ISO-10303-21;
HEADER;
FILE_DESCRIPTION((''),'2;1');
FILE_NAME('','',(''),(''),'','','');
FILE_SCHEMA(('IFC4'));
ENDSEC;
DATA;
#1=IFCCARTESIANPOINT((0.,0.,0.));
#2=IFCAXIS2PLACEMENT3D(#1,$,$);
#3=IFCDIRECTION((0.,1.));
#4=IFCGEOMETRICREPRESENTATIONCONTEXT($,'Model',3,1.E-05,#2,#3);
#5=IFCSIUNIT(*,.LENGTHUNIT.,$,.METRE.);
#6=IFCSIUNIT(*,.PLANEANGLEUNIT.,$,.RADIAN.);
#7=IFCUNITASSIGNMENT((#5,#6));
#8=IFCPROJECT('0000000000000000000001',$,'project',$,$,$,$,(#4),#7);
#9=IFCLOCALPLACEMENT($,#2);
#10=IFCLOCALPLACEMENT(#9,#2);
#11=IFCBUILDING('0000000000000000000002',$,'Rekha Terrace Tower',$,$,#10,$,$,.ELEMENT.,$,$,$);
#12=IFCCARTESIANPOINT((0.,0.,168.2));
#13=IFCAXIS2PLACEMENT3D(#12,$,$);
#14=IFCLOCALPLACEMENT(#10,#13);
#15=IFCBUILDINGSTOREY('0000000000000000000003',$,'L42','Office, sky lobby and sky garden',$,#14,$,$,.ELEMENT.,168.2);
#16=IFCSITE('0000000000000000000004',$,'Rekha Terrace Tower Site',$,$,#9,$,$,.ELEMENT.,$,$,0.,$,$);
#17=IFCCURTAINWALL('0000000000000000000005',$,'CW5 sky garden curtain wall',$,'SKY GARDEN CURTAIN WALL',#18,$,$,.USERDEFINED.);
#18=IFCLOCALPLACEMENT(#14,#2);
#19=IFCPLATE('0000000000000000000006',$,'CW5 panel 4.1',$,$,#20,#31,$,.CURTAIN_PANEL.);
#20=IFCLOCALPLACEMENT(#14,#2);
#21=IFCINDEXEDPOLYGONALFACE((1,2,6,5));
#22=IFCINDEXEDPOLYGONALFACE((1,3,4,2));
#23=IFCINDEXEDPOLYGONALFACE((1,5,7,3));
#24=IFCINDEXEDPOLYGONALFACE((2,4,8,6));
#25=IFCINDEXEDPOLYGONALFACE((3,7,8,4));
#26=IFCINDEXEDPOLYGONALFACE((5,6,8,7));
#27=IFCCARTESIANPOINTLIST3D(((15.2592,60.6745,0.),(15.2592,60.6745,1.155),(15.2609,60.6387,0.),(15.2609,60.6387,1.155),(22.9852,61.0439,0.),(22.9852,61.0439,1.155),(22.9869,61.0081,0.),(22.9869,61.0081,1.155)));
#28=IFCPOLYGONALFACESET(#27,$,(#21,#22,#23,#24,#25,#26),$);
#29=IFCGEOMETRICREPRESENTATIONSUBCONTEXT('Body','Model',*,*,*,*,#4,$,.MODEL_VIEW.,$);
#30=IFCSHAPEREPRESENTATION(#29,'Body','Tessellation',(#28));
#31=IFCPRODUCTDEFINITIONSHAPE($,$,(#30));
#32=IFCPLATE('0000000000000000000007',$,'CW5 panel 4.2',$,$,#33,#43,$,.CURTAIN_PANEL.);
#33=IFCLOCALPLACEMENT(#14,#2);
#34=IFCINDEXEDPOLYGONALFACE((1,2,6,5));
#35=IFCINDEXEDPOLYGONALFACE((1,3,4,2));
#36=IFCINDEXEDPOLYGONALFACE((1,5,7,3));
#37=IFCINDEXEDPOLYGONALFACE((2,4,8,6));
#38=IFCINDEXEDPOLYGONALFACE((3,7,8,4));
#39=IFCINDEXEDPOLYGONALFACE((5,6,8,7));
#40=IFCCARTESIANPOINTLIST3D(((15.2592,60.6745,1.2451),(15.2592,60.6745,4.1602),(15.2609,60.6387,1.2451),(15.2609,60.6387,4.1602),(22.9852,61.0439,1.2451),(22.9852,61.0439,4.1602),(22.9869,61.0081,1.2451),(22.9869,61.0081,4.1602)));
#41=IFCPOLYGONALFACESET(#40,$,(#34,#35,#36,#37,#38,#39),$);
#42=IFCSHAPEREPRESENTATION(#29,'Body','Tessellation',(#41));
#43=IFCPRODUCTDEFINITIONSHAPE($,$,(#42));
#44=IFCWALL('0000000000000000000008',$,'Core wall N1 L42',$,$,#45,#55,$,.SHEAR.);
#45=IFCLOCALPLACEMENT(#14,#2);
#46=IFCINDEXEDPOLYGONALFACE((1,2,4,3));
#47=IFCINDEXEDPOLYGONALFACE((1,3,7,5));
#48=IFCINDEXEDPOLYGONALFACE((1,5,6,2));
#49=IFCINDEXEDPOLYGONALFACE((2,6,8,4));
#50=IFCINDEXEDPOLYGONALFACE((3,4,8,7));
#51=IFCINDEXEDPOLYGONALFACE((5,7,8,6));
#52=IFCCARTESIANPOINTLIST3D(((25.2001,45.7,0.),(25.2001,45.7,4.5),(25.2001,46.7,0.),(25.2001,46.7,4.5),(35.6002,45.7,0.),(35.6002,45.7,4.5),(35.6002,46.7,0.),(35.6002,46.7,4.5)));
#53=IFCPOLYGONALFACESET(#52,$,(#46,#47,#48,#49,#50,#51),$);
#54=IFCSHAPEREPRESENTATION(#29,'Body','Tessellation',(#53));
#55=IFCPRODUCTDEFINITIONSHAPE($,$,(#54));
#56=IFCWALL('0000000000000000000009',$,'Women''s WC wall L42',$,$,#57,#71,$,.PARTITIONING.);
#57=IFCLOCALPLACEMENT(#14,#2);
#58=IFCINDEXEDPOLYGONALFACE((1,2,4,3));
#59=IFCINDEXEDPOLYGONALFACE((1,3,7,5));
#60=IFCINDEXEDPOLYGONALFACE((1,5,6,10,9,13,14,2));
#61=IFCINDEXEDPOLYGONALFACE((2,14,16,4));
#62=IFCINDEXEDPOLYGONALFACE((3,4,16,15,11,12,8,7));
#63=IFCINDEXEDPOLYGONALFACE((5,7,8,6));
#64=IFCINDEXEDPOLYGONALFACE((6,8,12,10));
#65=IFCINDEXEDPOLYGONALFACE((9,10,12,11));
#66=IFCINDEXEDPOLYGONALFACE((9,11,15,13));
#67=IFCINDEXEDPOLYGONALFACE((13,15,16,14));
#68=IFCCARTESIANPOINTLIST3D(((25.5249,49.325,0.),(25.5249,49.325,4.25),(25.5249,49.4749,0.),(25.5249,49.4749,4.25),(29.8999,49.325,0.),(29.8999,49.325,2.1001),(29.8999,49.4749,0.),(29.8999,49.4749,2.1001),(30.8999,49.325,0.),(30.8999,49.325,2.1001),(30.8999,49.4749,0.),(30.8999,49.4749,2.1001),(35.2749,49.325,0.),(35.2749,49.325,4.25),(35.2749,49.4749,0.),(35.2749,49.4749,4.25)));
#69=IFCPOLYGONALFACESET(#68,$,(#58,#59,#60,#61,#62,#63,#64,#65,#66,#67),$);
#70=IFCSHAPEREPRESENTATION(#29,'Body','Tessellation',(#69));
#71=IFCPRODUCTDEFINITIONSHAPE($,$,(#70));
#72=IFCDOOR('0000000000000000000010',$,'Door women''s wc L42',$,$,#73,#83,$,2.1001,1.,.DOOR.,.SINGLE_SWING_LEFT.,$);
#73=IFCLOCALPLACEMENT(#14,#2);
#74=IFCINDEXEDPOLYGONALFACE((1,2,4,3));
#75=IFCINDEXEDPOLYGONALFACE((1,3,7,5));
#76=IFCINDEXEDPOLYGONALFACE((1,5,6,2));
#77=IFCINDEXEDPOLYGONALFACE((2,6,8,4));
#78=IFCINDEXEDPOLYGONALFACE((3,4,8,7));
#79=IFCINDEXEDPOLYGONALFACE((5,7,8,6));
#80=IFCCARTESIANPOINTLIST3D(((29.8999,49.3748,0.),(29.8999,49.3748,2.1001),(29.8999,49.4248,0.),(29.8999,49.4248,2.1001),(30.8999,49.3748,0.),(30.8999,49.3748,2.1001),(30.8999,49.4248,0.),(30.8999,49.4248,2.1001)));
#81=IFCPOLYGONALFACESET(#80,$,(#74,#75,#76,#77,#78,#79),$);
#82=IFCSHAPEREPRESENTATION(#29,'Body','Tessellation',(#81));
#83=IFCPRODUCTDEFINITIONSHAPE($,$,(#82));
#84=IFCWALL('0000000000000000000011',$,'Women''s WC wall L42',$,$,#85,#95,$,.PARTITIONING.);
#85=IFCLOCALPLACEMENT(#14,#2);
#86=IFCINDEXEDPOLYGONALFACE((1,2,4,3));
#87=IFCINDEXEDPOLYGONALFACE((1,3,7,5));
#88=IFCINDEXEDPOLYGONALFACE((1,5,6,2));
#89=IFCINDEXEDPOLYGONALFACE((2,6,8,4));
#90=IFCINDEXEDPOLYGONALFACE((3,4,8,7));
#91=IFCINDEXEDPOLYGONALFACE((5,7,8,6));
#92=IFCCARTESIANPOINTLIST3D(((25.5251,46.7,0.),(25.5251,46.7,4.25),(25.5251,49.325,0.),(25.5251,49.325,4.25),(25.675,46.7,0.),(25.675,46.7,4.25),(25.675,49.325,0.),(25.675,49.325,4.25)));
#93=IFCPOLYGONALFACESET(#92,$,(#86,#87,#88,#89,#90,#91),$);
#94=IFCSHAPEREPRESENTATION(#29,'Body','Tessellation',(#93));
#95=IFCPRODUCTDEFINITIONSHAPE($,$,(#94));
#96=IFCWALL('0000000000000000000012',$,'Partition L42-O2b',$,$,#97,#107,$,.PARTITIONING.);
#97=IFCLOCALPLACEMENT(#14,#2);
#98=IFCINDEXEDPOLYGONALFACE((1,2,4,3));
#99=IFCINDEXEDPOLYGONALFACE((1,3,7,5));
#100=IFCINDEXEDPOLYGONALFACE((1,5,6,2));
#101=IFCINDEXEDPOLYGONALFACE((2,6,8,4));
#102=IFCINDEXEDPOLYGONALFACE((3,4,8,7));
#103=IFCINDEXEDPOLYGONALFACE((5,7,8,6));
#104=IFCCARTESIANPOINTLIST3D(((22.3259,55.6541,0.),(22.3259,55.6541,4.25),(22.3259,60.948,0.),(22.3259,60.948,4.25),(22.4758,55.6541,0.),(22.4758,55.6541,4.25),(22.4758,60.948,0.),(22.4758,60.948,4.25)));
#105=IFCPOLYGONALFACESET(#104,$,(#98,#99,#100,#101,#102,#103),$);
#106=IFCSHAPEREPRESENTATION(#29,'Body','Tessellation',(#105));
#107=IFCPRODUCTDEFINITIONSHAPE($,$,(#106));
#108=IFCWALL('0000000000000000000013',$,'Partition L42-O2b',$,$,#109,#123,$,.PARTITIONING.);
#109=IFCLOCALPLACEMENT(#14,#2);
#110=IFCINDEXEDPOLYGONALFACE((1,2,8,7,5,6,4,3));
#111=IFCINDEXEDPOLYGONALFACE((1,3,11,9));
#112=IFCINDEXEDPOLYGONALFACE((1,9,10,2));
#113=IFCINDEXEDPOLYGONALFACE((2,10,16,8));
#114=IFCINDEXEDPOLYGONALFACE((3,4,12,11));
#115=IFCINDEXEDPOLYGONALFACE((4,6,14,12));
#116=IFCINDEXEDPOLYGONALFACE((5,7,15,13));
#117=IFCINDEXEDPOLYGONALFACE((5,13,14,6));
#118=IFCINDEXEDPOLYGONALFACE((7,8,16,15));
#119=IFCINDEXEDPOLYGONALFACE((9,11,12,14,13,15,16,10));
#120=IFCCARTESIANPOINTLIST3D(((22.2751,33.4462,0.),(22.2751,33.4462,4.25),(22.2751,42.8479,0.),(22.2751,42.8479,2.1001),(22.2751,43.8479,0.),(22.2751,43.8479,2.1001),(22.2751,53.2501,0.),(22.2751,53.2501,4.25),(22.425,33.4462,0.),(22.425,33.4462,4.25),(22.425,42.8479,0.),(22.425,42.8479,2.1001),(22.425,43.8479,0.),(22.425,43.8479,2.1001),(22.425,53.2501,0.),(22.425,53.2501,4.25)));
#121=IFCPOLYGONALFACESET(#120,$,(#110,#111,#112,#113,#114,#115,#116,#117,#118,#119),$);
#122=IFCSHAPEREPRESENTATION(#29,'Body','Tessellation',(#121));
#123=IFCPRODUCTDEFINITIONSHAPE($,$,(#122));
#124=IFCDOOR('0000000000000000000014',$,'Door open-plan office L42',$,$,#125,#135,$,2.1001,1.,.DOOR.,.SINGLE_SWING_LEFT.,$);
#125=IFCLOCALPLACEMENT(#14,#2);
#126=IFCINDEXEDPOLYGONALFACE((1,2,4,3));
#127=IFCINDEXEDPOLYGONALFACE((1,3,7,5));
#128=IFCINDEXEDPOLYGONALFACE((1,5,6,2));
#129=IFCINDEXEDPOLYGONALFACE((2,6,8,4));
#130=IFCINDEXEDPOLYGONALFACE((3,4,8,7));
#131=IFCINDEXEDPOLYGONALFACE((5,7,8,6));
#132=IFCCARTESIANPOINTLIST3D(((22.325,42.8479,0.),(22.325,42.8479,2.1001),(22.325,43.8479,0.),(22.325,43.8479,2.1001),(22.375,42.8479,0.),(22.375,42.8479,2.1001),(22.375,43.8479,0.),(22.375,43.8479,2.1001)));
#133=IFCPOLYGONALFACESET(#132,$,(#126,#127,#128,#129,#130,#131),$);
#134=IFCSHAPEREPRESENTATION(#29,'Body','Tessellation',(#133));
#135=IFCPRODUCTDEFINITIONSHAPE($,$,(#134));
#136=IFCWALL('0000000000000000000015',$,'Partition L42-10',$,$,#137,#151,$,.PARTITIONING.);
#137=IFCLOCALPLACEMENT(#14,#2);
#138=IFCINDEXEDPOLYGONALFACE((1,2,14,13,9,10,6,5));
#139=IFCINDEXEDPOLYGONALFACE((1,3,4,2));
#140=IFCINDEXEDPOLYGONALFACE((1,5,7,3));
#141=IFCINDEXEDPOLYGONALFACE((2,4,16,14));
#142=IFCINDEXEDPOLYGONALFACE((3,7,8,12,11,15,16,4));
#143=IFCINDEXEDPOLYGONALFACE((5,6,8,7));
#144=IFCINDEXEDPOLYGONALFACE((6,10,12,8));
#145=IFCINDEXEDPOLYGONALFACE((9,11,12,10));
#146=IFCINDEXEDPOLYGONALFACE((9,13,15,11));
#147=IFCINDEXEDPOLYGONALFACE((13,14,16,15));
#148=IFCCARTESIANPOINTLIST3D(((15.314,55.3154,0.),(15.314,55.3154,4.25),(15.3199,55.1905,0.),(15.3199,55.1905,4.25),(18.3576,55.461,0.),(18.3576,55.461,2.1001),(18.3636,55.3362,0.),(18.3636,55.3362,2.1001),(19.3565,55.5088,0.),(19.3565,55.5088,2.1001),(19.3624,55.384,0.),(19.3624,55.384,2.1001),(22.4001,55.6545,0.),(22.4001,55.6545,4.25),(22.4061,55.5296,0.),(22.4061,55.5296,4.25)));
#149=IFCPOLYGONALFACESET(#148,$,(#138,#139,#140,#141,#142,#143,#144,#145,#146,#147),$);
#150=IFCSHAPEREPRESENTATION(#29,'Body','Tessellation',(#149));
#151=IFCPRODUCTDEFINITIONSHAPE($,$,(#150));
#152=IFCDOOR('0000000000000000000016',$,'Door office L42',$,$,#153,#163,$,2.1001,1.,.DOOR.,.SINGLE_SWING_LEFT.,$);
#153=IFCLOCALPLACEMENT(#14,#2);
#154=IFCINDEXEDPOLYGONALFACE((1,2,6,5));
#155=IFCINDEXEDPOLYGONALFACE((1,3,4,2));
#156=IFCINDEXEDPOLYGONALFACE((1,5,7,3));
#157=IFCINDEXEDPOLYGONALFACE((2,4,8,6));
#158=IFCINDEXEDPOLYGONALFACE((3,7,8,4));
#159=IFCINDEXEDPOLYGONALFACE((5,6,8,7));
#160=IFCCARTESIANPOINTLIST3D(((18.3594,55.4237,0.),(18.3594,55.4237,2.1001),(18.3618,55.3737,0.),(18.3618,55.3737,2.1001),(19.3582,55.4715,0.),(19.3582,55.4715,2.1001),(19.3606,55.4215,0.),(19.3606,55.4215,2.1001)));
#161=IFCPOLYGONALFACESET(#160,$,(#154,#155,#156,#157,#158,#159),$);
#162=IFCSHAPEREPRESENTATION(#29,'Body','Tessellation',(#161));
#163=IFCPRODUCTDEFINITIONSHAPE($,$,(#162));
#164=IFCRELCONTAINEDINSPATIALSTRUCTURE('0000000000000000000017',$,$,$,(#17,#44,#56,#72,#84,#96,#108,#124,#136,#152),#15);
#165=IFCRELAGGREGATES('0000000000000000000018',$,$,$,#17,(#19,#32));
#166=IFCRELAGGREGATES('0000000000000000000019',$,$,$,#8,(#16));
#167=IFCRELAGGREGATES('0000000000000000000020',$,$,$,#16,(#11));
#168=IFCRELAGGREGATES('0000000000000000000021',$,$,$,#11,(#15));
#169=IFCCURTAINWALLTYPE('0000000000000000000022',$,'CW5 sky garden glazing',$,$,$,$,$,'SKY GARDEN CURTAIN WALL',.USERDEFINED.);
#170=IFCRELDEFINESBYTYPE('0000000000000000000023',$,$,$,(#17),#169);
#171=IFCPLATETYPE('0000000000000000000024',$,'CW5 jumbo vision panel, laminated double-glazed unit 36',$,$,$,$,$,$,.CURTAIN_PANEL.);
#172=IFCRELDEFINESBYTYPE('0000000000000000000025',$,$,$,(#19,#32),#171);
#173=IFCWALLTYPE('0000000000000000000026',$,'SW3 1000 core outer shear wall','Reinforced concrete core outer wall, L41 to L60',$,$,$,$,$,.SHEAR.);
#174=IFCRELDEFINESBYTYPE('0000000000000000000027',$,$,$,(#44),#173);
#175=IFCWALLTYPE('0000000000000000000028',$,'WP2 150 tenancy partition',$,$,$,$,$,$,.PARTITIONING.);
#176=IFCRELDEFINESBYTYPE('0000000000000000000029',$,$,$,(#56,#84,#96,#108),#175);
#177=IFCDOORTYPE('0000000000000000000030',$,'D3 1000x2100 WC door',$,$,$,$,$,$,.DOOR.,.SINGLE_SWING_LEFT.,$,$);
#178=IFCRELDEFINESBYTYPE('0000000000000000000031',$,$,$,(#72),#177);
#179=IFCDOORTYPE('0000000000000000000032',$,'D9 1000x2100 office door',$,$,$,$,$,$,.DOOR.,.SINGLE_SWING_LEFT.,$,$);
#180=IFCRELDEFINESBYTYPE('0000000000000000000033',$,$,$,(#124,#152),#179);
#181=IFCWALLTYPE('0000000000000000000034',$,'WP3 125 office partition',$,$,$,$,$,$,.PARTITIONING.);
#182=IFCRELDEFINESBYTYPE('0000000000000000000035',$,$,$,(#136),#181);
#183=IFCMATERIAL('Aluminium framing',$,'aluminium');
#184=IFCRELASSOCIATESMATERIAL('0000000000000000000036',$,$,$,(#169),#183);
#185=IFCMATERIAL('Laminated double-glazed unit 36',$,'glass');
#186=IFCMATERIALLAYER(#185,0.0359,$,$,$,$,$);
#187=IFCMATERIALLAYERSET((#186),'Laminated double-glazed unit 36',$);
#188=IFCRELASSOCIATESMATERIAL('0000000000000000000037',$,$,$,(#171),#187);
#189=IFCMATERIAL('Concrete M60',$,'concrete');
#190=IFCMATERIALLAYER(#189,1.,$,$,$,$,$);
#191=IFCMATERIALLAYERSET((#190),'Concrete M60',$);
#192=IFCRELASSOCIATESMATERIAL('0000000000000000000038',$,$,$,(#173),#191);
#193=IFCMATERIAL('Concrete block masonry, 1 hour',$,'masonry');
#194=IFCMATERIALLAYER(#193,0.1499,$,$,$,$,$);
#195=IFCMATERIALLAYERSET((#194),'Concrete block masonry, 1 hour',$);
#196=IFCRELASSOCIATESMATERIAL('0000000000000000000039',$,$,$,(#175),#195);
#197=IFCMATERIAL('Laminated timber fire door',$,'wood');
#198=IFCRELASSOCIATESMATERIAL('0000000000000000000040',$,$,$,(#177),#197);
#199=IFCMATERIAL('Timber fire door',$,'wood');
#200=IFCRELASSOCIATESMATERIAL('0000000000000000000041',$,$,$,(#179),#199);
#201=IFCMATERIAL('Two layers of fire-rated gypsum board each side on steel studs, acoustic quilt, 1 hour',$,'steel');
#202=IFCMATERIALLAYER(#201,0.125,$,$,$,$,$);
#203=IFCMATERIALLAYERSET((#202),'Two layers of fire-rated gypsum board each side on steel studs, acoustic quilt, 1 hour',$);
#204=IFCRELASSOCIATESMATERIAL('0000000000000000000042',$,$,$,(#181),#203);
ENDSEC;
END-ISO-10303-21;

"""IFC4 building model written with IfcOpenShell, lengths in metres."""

from ifc_helpers import new_model, si_unit, direction, frame, frame_2d, origin, origin_2d, place, context, subcontext, project, spatial, rectangle, extrude, material, layer, layer_set, type_object, element, fill, aggregate, save


model = new_model("IFC4")

# Units and contexts
model_context = context("Model", 3, precision=1e-05, world=origin(), true_north=direction((0.0, 1.0)))
body_context = subcontext(model_context, "Body", "Model", "MODEL_VIEW")
ifc_project = project(units=[si_unit("LENGTHUNIT", "METRE"), si_unit("PLANEANGLEUNIT", "RADIAN")], contexts=[model_context])

# Site, building, storey
site_placement = place(None, origin())
site = spatial("IfcSite", under=ifc_project, at=site_placement, Name="Rekha Terrace Tower Site", CompositionType="ELEMENT", RefElevation=0.0)
building_placement = place(site_placement, origin())
building = spatial("IfcBuilding", under=site, at=building_placement, Name="Rekha Terrace Tower", CompositionType="ELEMENT")
storey_placement = place(building_placement, frame((0.0, 0.0, 168.2)))
storey = spatial("IfcBuildingStorey", under=building, at=storey_placement, Name="L42", Description="Office, sky lobby and sky garden", CompositionType="ELEMENT", Elevation=168.2)

# Shared definitions
ifc_material_1 = material(Name="Concrete M60", Category="concrete")

# Curtain wall, plates
ifc_material_2 = material(Name="Aluminium framing", Category="aluminium")
curtain_wall_type = type_object("IfcCurtainWallType", Name="CW5 sky garden glazing", ElementType="SKY GARDEN CURTAIN WALL", PredefinedType="USERDEFINED", material=ifc_material_2)
curtain_wall_placement = place(storey_placement, origin())
curtain_wall = element("IfcCurtainWall", 1, at=curtain_wall_placement, inside=storey, type_object=curtain_wall_type, Name="CW5 sky garden curtain wall", ObjectType="SKY GARDEN CURTAIN WALL", PredefinedType="USERDEFINED")
ifc_material_3 = material(Name="Laminated double-glazed unit 36", Category="glass")
ifc_layer_1 = layer(ifc_material_3, 0.0359)
ifc_layer_set_1 = layer_set([ifc_layer_1], Name="Laminated double-glazed unit 36")
plate_type = type_object("IfcPlateType", Name="CW5 jumbo vision panel, laminated double-glazed unit 36", PredefinedType="CURTAIN_PANEL", material=ifc_layer_set_1)
plate_1_placement = place(storey_placement, frame((19.123, 60.8413, 0.0), z_axis=(0.0, 0.0, 1.0), x_axis=(-0.998859, -0.047759, 0.0)))
plate_1 = element("IfcPlate", 2, at=plate_1_placement, type_object=plate_type, Name="CW5 panel 4.1", PredefinedType="CURTAIN_PANEL", context=body_context, shape_type="SweptSolid", body=[
    extrude(rectangle(XDim=7.7349, YDim=0.0359, at=origin_2d()), origin(), (0.0, 0.0, 1.0), 1.155),
])
plate_2_placement = place(storey_placement, frame((19.123, 60.8413, 1.2451), z_axis=(0.0, 0.0, 1.0), x_axis=(-0.998859, -0.047759, 0.0)))
plate_2 = element("IfcPlate", 3, at=plate_2_placement, type_object=plate_type, Name="CW5 panel 4.2", PredefinedType="CURTAIN_PANEL", context=body_context, shape_type="SweptSolid", body=[
    extrude(rectangle(XDim=7.7349, YDim=0.0359, at=origin_2d()), origin(), (0.0, 0.0, 1.0), 2.915),
])
aggregate(curtain_wall, [plate_1, plate_2])

# Wall
ifc_layer_2 = layer(ifc_material_1, 1.0)
ifc_layer_set_2 = layer_set([ifc_layer_2], Name="Concrete M60")
wall_type_1 = type_object("IfcWallType", Name="SW3 1000 core outer shear wall", Description="Reinforced concrete core outer wall, L41 to L60", PredefinedType="SHEAR", material=ifc_layer_set_2)
wall_1_placement = place(storey_placement, frame((25.2, 46.2, 0.0), z_axis=(0.0, 0.0, 1.0), x_axis=(1.0, 0.0, 0.0)))
element("IfcWall", 4, at=wall_1_placement, inside=storey, type_object=wall_type_1, Name="Core wall N1 L42", PredefinedType="SHEAR", context=body_context, shape_type="SweptSolid", body=[
    extrude(rectangle(XDim=10.4001, YDim=1.0, at=frame_2d((5.2002, 0.0))), origin(), (0.0, 0.0, 1.0), 4.5),
])

# Wall, opening, door
ifc_material_4 = material(Name="Concrete block masonry, 1 hour", Category="masonry")
ifc_layer_3 = layer(ifc_material_4, 0.1499)
ifc_layer_set_3 = layer_set([ifc_layer_3], Name="Concrete block masonry, 1 hour")
wall_type_2 = type_object("IfcWallType", Name="WP2 150 tenancy partition", PredefinedType="PARTITIONING", material=ifc_layer_set_3)
wall_2_placement = place(storey_placement, frame((25.5249, 49.3999, 0.0), z_axis=(0.0, 0.0, 1.0), x_axis=(1.0, 0.0, 0.0)))
wall_2 = element("IfcWall", 5, at=wall_2_placement, inside=storey, type_object=wall_type_2, Name="Women's WC wall L42", PredefinedType="PARTITIONING", context=body_context, shape_type="SweptSolid", body=[
    extrude(rectangle(XDim=9.75, YDim=0.1499, at=frame_2d((4.875, 0.0))), origin(), (0.0, 0.0, 1.0), 4.25),
])
opening_1_placement = place(wall_2_placement, frame((4.375, 0.0, 0.0)))
opening_1 = element("IfcOpeningElement", 6, at=opening_1_placement, cuts=wall_2, PredefinedType="OPENING", context=body_context, shape_type="SweptSolid", body=[
    extrude(rectangle(XDim=1.0, YDim=2.1001, at=frame_2d((0.5, 1.05))), frame((0.0, 0.085, 0.0), z_axis=(0.0, -1.0, 0.0), x_axis=(1.0, 0.0, 0.0)), (0.0, 0.0, 1.0), 0.1699),
])
ifc_material_5 = material(Name="Laminated timber fire door", Category="wood")
door_type_1 = type_object("IfcDoorType", Name="D3 1000x2100 WC door", OperationType="SINGLE_SWING_LEFT", PredefinedType="DOOR", material=ifc_material_5)
door_1_placement = place(opening_1_placement, origin())
door_1 = element("IfcDoor", 7, at=door_1_placement, inside=storey, type_object=door_type_1, Name="Door women's wc L42", OperationType="SINGLE_SWING_LEFT", OverallHeight=2.1001, OverallWidth=1.0, PredefinedType="DOOR", context=body_context, shape_type="SweptSolid", body=[
    extrude(rectangle(XDim=1.0, YDim=2.1001, at=frame_2d((0.5, 1.05))), frame((0.0, 0.0249, 0.0), z_axis=(0.0, -1.0, 0.0), x_axis=(1.0, 0.0, 0.0)), (0.0, 0.0, 1.0), 0.05),
])
fill(opening_1, door_1)

# Walls
wall_3_placement = place(storey_placement, frame((25.6001, 46.7, 0.0), z_axis=(0.0, 0.0, 1.0), x_axis=(0.0, 1.0, 0.0)))
element("IfcWall", 8, at=wall_3_placement, inside=storey, type_object=wall_type_2, Name="Women's WC wall L42", PredefinedType="PARTITIONING", context=body_context, shape_type="SweptSolid", body=[
    extrude(rectangle(XDim=2.625, YDim=0.1499, at=frame_2d((1.3125, 0.0))), origin(), (0.0, 0.0, 1.0), 4.25),
])
wall_4_placement = place(storey_placement, frame((22.4009, 55.6541, 0.0), z_axis=(0.0, 0.0, 1.0), x_axis=(0.0, 1.0, 0.0)))
element("IfcWall", 9, at=wall_4_placement, inside=storey, type_object=wall_type_2, Name="Partition L42-O2b", PredefinedType="PARTITIONING", context=body_context, shape_type="SweptSolid", body=[
    extrude(rectangle(XDim=5.2939, YDim=0.1499, at=frame_2d((2.647, 0.0))), origin(), (0.0, 0.0, 1.0), 4.25),
])

# Walls, openings, doors
wall_5_placement = place(storey_placement, frame((22.3501, 53.25, 0.0), z_axis=(0.0, 0.0, 1.0), x_axis=(0.0, -1.0, 0.0)))
wall_5 = element("IfcWall", 10, at=wall_5_placement, inside=storey, type_object=wall_type_2, Name="Partition L42-O2b", PredefinedType="PARTITIONING", context=body_context, shape_type="SweptSolid", body=[
    extrude(rectangle(XDim=19.804, YDim=0.1499, at=frame_2d((9.9019, 0.0))), origin(), (0.0, 0.0, 1.0), 4.25),
])
opening_2_placement = place(wall_5_placement, frame((9.4021, 0.0, 0.0)))
opening_2 = element("IfcOpeningElement", 11, at=opening_2_placement, cuts=wall_5, PredefinedType="OPENING", context=body_context, shape_type="SweptSolid", body=[
    extrude(rectangle(XDim=1.0, YDim=2.1001, at=frame_2d((0.5, 1.05))), frame((0.0, 0.085, 0.0), z_axis=(0.0, -1.0, 0.0), x_axis=(1.0, 0.0, 0.0)), (0.0, 0.0, 1.0), 0.1699),
])
ifc_material_6 = material(Name="Timber fire door", Category="wood")
door_type_2 = type_object("IfcDoorType", Name="D9 1000x2100 office door", OperationType="SINGLE_SWING_LEFT", PredefinedType="DOOR", material=ifc_material_6)
door_2_placement = place(opening_2_placement, origin())
door_2 = element("IfcDoor", 12, at=door_2_placement, inside=storey, type_object=door_type_2, Name="Door open-plan office L42", OperationType="SINGLE_SWING_LEFT", OverallHeight=2.1001, OverallWidth=1.0, PredefinedType="DOOR", context=body_context, shape_type="SweptSolid", body=[
    extrude(rectangle(XDim=1.0, YDim=2.1001, at=frame_2d((0.5, 1.05))), frame((0.0, 0.0249, 0.0), z_axis=(0.0, -1.0, 0.0), x_axis=(1.0, 0.0, 0.0)), (0.0, 0.0, 1.0), 0.05),
])
fill(opening_2, door_2)
ifc_material_7 = material(Name="Two layers of fire-rated gypsum board each side on steel studs, acoustic quilt, 1 hour", Category="steel")
ifc_layer_4 = layer(ifc_material_7, 0.125)
ifc_layer_set_4 = layer_set([ifc_layer_4], Name="Two layers of fire-rated gypsum board each side on steel studs, acoustic quilt, 1 hour")
wall_type_3 = type_object("IfcWallType", Name="WP3 125 office partition", PredefinedType="PARTITIONING", material=ifc_layer_set_4)
wall_6_placement = place(storey_placement, frame((22.4031, 55.592, 0.0), z_axis=(0.0, 0.0, 1.0), x_axis=(-0.998857, -0.047801, 0.0)))
wall_6 = element("IfcWall", 13, at=wall_6_placement, inside=storey, type_object=wall_type_3, Name="Partition L42-10", PredefinedType="PARTITIONING", context=body_context, shape_type="SweptSolid", body=[
    extrude(rectangle(XDim=7.0942, YDim=0.125, at=frame_2d((3.5471, 0.0))), origin(), (0.0, 0.0, 1.0), 4.25),
])
opening_3_placement = place(wall_6_placement, frame((3.0471, 0.0, 0.0)))
opening_3 = element("IfcOpeningElement", 14, at=opening_3_placement, cuts=wall_6, PredefinedType="OPENING", context=body_context, shape_type="SweptSolid", body=[
    extrude(rectangle(XDim=1.0, YDim=2.1001, at=frame_2d((0.5, 1.05))), frame((0.0, 0.0725, 0.0), z_axis=(0.0, -1.0, 0.0), x_axis=(1.0, 0.0, 0.0)), (0.0, 0.0, 1.0), 0.145),
])
door_3_placement = place(opening_3_placement, origin())
door_3 = element("IfcDoor", 15, at=door_3_placement, inside=storey, type_object=door_type_2, Name="Door office L42", OperationType="SINGLE_SWING_LEFT", OverallHeight=2.1001, OverallWidth=1.0, PredefinedType="DOOR", context=body_context, shape_type="SweptSolid", body=[
    extrude(rectangle(XDim=1.0, YDim=2.1001, at=frame_2d((0.5, 1.05))), frame((0.0, 0.0249, 0.0), z_axis=(0.0, -1.0, 0.0), x_axis=(1.0, 0.0, 0.0)), (0.0, 0.0, 1.0), 0.05),
])
fill(opening_3, door_3)

save(model, "model.ifc")
